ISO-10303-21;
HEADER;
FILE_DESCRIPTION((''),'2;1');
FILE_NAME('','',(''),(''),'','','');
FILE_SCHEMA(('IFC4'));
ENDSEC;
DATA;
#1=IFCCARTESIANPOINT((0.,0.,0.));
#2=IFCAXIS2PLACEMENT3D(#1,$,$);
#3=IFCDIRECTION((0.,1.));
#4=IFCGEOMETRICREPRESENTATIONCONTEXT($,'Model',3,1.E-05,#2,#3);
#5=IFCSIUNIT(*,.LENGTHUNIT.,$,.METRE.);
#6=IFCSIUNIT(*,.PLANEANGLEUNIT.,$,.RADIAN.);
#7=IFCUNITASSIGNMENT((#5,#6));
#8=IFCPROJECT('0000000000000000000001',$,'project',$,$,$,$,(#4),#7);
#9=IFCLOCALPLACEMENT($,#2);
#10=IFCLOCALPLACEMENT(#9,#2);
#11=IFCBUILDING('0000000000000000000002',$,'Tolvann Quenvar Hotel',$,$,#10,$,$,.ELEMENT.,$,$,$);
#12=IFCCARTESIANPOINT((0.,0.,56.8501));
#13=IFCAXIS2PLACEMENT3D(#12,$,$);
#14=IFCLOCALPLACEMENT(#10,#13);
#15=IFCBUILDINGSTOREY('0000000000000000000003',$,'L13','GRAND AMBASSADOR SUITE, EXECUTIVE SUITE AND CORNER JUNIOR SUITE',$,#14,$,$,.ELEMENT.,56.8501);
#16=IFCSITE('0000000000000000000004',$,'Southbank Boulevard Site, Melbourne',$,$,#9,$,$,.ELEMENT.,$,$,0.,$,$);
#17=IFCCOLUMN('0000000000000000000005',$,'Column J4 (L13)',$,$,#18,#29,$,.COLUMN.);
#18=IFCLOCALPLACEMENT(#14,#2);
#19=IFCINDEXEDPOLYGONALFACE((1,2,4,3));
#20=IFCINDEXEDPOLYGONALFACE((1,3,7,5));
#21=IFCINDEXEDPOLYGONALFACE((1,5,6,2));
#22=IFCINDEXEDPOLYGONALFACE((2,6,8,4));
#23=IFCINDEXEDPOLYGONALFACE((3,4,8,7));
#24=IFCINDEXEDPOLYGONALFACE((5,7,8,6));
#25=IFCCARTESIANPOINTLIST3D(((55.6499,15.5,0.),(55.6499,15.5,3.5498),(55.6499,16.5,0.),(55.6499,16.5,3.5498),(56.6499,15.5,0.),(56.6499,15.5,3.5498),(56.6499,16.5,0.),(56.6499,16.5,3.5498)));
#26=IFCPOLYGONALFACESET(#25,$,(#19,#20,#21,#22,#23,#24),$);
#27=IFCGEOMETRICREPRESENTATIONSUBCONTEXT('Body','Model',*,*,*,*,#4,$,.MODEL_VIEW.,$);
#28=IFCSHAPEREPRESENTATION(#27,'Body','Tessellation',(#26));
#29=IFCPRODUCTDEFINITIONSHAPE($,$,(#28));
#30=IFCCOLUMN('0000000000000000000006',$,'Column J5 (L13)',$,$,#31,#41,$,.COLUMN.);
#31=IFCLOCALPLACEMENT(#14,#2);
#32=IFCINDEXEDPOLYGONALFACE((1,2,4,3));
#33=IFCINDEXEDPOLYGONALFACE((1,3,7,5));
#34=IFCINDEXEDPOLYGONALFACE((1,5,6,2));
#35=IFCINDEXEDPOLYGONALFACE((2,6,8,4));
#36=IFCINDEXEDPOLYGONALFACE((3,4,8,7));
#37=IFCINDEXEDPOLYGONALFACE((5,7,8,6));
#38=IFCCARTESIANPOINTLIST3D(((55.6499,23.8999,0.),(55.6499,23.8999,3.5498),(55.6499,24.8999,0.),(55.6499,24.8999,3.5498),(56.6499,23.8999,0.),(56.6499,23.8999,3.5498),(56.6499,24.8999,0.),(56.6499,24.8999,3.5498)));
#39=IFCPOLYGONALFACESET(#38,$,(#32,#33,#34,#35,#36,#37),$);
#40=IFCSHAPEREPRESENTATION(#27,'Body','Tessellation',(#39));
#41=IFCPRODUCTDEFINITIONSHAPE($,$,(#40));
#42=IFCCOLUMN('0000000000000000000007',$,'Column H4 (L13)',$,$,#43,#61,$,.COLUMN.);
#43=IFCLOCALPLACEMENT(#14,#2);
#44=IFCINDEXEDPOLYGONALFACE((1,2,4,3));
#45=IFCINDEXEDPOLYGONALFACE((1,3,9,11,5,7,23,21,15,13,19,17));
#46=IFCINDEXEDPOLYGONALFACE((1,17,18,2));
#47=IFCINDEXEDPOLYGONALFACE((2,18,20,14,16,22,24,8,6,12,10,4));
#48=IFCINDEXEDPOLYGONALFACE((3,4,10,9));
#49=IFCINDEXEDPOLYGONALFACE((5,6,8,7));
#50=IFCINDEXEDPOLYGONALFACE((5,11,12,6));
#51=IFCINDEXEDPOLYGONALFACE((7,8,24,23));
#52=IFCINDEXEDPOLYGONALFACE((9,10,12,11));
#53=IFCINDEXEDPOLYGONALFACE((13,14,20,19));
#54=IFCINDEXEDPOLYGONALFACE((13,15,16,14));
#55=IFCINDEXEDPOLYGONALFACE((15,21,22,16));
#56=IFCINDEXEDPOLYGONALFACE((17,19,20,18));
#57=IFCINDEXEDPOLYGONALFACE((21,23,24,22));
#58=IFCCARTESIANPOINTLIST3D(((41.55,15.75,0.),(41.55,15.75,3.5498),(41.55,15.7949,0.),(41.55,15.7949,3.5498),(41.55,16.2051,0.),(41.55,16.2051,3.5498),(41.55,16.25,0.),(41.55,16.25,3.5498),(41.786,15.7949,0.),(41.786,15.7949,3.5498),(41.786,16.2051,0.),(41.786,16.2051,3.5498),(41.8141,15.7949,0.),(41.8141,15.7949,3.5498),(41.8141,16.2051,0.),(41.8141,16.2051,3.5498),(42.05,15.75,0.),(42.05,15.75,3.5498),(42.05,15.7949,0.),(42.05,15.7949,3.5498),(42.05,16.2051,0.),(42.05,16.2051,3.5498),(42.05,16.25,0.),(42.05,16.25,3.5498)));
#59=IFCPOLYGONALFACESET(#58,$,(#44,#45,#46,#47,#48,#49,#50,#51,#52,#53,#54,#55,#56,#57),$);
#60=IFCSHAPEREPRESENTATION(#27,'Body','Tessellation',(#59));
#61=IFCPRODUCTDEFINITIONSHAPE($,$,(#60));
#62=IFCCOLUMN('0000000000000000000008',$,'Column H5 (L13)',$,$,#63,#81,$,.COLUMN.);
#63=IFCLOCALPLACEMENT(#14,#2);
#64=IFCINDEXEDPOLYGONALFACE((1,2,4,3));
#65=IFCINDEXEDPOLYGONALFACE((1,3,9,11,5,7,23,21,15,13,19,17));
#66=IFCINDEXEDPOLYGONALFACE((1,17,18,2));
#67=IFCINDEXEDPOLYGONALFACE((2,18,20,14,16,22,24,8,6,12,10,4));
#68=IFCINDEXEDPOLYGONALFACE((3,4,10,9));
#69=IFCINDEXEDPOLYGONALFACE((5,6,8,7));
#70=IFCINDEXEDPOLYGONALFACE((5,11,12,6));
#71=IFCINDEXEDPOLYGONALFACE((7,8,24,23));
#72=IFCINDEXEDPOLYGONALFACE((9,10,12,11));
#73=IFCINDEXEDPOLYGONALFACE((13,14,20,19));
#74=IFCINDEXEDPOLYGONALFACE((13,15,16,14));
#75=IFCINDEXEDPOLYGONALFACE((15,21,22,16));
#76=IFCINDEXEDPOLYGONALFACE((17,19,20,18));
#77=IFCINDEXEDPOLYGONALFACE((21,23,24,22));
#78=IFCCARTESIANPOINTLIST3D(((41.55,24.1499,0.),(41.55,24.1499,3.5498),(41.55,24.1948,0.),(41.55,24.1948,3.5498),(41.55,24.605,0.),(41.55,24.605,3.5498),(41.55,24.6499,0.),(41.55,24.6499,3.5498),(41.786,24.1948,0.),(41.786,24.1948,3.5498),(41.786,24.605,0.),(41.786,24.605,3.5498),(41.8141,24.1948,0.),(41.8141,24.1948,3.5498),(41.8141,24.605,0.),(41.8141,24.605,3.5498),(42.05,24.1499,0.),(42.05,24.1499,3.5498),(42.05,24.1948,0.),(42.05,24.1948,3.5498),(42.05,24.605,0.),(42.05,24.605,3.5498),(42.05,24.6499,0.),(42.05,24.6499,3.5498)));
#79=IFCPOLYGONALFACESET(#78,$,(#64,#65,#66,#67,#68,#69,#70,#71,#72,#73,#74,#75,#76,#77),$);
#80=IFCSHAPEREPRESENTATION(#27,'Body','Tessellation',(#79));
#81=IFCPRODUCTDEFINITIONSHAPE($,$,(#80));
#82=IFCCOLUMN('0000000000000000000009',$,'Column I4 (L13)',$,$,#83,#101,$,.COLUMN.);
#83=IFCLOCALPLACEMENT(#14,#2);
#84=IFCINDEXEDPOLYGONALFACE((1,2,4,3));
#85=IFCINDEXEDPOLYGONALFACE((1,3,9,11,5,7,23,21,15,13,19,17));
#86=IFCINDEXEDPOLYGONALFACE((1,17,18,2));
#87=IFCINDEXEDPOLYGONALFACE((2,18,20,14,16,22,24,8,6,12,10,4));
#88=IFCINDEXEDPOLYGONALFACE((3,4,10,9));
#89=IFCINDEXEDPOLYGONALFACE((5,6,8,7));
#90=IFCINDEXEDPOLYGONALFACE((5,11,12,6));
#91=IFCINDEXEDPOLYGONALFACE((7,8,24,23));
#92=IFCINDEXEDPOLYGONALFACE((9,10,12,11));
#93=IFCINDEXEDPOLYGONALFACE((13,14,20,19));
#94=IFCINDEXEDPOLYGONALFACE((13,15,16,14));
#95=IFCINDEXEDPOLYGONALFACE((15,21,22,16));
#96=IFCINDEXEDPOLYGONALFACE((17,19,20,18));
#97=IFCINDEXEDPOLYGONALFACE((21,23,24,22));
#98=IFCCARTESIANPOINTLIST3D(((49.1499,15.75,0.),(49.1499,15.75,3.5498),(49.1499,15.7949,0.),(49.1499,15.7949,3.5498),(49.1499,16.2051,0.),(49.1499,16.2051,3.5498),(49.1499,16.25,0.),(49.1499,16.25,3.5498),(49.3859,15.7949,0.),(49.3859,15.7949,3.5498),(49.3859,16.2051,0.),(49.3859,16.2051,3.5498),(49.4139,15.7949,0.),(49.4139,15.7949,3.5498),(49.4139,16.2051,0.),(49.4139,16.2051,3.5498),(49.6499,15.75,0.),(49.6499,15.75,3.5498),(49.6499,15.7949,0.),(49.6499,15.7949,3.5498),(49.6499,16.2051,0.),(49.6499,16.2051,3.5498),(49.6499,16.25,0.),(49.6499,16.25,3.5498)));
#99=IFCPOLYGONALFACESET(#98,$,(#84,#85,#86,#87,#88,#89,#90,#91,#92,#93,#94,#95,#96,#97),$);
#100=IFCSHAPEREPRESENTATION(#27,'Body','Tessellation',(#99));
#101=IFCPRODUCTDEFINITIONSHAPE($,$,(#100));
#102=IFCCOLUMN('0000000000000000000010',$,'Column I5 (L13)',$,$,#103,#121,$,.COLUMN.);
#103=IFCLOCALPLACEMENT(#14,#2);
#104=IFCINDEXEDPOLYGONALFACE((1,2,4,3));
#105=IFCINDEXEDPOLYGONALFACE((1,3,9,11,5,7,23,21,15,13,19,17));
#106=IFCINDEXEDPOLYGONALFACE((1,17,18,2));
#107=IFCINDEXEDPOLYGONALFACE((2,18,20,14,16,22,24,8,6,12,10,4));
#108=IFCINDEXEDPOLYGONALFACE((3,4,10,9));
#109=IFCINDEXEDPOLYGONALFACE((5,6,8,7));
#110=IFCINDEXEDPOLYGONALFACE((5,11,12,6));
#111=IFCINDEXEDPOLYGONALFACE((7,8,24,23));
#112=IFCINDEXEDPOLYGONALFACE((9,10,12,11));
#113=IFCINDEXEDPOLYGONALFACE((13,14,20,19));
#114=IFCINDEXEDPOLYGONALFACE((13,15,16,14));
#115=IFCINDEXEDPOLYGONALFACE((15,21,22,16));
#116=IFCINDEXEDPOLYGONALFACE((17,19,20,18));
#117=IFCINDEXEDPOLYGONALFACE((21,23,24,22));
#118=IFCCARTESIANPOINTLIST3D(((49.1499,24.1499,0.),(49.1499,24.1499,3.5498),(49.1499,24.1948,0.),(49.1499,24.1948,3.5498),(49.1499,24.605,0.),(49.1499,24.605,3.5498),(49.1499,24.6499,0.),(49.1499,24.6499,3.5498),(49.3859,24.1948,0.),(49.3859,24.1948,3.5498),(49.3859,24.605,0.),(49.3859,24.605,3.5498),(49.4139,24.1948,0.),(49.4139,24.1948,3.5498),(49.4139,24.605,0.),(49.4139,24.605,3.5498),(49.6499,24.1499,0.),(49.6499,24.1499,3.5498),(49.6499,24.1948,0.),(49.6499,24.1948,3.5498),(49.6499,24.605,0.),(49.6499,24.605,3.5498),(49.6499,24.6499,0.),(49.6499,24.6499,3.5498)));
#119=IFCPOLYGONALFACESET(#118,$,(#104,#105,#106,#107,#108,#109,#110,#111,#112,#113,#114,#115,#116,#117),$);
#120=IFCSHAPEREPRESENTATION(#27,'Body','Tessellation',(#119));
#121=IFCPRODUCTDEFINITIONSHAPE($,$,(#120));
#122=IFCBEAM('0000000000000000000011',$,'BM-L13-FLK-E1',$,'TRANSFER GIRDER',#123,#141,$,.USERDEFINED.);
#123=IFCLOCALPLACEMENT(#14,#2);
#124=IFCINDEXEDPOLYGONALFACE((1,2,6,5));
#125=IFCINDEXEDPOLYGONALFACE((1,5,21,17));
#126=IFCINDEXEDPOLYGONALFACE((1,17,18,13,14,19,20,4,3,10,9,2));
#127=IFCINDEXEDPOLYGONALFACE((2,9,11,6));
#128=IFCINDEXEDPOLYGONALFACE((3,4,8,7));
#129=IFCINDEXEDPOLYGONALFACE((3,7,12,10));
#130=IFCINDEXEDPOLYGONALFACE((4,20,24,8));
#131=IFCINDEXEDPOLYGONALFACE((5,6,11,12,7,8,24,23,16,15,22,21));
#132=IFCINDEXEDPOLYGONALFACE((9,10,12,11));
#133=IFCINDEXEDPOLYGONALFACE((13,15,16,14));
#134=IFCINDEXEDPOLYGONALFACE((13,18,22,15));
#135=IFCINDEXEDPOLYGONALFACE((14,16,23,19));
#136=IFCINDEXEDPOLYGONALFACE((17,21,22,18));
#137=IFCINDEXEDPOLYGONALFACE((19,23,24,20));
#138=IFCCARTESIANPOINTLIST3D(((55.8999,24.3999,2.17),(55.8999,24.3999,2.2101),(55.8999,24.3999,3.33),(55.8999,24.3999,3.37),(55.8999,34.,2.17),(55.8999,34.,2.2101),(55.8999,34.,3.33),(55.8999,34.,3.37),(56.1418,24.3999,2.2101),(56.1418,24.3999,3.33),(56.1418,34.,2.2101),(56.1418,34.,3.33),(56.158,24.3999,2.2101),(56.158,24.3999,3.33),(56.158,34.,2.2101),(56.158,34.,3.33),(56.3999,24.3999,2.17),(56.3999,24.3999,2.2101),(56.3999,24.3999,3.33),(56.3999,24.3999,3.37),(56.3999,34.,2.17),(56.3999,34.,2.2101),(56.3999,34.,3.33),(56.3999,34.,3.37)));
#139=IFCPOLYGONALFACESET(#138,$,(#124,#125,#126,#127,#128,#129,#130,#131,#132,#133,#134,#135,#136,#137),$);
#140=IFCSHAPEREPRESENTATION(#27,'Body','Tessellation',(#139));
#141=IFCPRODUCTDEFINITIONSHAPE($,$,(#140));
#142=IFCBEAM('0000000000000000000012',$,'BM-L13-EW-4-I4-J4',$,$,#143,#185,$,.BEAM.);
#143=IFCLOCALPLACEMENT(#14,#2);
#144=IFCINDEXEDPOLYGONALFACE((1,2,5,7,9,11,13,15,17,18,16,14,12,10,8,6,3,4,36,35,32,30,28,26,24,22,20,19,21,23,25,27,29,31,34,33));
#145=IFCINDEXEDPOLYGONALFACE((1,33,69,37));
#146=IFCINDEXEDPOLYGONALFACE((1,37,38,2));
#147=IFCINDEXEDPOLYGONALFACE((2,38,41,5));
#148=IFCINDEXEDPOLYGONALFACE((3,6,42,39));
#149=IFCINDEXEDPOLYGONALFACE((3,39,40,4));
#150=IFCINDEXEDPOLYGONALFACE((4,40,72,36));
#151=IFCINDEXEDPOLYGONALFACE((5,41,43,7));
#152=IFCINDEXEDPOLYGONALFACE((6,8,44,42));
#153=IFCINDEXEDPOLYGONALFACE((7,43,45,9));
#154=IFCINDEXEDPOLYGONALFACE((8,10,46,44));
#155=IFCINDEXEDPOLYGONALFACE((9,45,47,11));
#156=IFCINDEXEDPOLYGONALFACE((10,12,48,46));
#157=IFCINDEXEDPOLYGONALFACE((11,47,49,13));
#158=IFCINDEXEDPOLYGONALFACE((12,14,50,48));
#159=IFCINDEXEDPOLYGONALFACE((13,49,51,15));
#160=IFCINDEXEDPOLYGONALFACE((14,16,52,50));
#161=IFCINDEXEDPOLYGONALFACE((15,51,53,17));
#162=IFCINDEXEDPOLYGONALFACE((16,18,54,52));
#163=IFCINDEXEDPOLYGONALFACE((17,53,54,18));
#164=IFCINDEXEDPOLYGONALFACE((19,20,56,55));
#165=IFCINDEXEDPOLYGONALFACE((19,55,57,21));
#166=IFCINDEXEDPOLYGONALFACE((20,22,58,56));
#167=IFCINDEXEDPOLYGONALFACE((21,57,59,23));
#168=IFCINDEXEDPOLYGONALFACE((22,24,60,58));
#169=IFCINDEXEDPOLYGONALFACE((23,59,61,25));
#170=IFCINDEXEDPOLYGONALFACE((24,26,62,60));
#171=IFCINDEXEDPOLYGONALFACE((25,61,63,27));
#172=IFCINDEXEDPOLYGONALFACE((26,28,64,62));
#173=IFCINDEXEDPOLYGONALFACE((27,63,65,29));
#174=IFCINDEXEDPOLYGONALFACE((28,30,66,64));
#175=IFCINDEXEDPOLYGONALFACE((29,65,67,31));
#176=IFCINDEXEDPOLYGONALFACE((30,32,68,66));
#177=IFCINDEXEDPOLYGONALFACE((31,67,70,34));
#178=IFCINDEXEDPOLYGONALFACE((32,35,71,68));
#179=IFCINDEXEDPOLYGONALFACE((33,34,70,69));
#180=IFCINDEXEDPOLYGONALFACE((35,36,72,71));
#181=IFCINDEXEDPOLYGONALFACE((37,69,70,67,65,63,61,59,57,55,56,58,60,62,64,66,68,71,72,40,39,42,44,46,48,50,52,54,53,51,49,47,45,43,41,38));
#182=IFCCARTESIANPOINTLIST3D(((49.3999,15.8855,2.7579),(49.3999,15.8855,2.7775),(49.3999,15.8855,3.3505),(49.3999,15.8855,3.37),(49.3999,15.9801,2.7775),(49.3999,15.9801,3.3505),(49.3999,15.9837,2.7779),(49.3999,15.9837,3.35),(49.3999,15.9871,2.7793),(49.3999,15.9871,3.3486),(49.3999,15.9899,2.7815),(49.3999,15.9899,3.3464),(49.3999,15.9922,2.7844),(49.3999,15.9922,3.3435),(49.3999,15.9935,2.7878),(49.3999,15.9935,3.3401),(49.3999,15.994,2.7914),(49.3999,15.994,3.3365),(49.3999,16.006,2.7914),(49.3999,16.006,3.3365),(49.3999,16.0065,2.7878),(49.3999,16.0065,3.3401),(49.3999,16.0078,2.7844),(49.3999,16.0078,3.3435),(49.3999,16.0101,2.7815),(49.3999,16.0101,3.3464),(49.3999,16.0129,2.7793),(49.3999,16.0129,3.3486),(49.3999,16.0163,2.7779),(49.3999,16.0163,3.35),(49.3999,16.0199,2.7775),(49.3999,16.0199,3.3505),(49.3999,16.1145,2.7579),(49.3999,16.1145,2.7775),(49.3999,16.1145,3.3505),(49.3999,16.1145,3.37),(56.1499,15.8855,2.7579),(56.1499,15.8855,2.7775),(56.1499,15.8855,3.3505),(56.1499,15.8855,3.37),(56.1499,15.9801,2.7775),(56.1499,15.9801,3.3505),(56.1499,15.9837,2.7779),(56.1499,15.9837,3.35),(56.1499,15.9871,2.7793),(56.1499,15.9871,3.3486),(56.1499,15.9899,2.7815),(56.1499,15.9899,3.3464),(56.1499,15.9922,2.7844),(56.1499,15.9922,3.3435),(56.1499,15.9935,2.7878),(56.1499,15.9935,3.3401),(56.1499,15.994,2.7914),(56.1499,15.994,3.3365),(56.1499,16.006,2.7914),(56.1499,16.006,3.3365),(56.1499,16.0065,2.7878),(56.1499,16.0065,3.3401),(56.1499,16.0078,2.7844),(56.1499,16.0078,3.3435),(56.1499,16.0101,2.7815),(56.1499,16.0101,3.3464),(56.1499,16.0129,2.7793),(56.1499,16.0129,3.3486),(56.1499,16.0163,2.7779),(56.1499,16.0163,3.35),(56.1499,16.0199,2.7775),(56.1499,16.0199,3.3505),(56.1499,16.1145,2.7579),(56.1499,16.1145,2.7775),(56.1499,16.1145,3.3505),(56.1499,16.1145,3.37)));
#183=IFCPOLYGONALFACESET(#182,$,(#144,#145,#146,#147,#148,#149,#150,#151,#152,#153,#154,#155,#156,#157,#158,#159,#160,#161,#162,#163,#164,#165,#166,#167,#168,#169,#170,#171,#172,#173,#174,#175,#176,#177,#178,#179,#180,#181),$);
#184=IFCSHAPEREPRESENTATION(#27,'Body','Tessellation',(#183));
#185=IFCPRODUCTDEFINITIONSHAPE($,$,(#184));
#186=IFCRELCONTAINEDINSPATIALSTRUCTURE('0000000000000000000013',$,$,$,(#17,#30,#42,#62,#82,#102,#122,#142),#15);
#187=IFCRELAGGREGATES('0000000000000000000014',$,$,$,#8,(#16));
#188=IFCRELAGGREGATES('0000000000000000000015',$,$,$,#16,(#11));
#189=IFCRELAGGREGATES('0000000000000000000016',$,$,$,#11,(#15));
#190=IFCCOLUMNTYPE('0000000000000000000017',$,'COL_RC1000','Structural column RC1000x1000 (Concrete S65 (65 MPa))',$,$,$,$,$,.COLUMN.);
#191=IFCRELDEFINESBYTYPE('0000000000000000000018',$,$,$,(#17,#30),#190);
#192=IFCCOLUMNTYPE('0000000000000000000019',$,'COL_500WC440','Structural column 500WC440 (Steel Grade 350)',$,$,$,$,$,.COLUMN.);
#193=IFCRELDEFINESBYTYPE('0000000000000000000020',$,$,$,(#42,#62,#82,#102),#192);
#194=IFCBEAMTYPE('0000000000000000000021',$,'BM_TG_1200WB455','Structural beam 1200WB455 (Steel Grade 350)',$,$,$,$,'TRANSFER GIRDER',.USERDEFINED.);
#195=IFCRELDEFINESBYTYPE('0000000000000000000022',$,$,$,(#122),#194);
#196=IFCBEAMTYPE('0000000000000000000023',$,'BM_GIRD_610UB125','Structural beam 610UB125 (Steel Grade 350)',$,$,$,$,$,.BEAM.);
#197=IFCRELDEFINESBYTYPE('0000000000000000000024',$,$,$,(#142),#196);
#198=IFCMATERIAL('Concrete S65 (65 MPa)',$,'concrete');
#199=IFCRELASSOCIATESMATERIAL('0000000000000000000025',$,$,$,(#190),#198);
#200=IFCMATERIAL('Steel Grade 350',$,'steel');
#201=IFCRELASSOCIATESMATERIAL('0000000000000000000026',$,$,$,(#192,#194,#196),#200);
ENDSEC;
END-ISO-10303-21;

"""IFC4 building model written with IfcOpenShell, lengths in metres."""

from ifc_helpers import new_model, si_unit, direction, frame, origin, origin_2d, place, context, subcontext, project, spatial, rectangle, i_section, extrude, source, transform, mapped, material, material_profile, profile_set, type_object, type_shapes, element, save


model = new_model("IFC4")

# Units and contexts
model_context = context("Model", 3, precision=1e-05, world=origin(), true_north=direction((0.0, 1.0)))
body_context = subcontext(model_context, "Body", "Model", "MODEL_VIEW")
ifc_project = project(units=[si_unit("LENGTHUNIT", "METRE"), si_unit("PLANEANGLEUNIT", "RADIAN")], contexts=[model_context])

# Site, building, storey
site_placement = place(None, origin())
site = spatial("IfcSite", under=ifc_project, at=site_placement, Name="Southbank Boulevard Site, Melbourne", CompositionType="ELEMENT", RefElevation=0.0)
building_placement = place(site_placement, origin())
building = spatial("IfcBuilding", under=site, at=building_placement, Name="Tolvann Quenvar Hotel", CompositionType="ELEMENT")
storey_placement = place(building_placement, frame((0.0, 0.0, 56.8501)))
storey = spatial("IfcBuildingStorey", under=building, at=storey_placement, Name="L13", Description="GRAND AMBASSADOR SUITE, EXECUTIVE SUITE AND CORNER JUNIOR SUITE", CompositionType="ELEMENT", Elevation=56.8501)

# Columns
ifc_material_1 = material(Name="Concrete S65 (65 MPa)", Category="concrete")
ifc_material_profile_1 = material_profile(ifc_material_1, rectangle(XDim=1.0, YDim=1.0, at=origin_2d()), Name="RC1000x1000")
ifc_profile_set_1 = profile_set([ifc_material_profile_1], Name="Concrete S65 (65 MPa)")
column_type_1 = type_object("IfcColumnType", Name="COL_RC1000", Description="Structural column RC1000x1000 (Concrete S65 (65 MPa))", PredefinedType="COLUMN", material=ifc_profile_set_1)
shared_shape_1 = source(origin(), body_context, "Body", "SweptSolid", [
    extrude(rectangle(XDim=1.0, YDim=1.0, at=origin_2d()), origin(), (0.0, 0.0, 1.0), 3.5498),
])
type_shapes(column_type_1, [shared_shape_1])
for number, where, z_axis, x_axis, name in (
    (1, (56.1499, 16.0, 0.0), (0.0, 0.0, 1.0), (1.0, 0.0, 0.0), "Column J4 (L13)"),
    (2, (56.1499, 24.3999, 0.0), (0.0, 0.0, 1.0), (1.0, 0.0, 0.0), "Column J5 (L13)"),
):
    element("IfcColumn", number, at=place(storey_placement, frame(where, z_axis=z_axis, x_axis=x_axis)), inside=storey, type_object=column_type_1, Name=name, PredefinedType="COLUMN", context=body_context, shape_type="MappedRepresentation", body=[
        mapped(shared_shape_1, transform((0.0, 0.0, 0.0), x_axis=(1.0, 0.0, 0.0), y_axis=(0.0, 1.0, 0.0), z_axis=(0.0, 0.0, 1.0), scale=1.0)),
    ])
ifc_material_2 = material(Name="Steel Grade 350", Category="steel")
ifc_material_profile_2 = material_profile(ifc_material_2, i_section(OverallWidth=0.5, OverallDepth=0.5, WebThickness=0.0281, FlangeThickness=0.0449, at=origin_2d()), Name="500WC440")
ifc_profile_set_2 = profile_set([ifc_material_profile_2], Name="Steel Grade 350")
column_type_2 = type_object("IfcColumnType", Name="COL_500WC440", Description="Structural column 500WC440 (Steel Grade 350)", PredefinedType="COLUMN", material=ifc_profile_set_2)
shared_shape_2 = source(origin(), body_context, "Body", "SweptSolid", [
    extrude(i_section(OverallWidth=0.5, OverallDepth=0.5, WebThickness=0.0281, FlangeThickness=0.0449, at=origin_2d()), origin(), (0.0, 0.0, 1.0), 3.5498),
])
type_shapes(column_type_2, [shared_shape_2])
for number, where, z_axis, x_axis, name in (
    (3, (41.8, 16.0, 0.0), (0.0, 0.0, 1.0), (1.0, 0.0, 0.0), "Column H4 (L13)"),
    (4, (41.8, 24.3999, 0.0), (0.0, 0.0, 1.0), (1.0, 0.0, 0.0), "Column H5 (L13)"),
    (5, (49.3999, 16.0, 0.0), (0.0, 0.0, 1.0), (1.0, 0.0, 0.0), "Column I4 (L13)"),
    (6, (49.3999, 24.3999, 0.0), (0.0, 0.0, 1.0), (1.0, 0.0, 0.0), "Column I5 (L13)"),
):
    element("IfcColumn", number, at=place(storey_placement, frame(where, z_axis=z_axis, x_axis=x_axis)), inside=storey, type_object=column_type_2, Name=name, PredefinedType="COLUMN", context=body_context, shape_type="MappedRepresentation", body=[
        mapped(shared_shape_2, transform((0.0, 0.0, 0.0), x_axis=(1.0, 0.0, 0.0), y_axis=(0.0, 1.0, 0.0), z_axis=(0.0, 0.0, 1.0), scale=1.0)),
    ])

# Beams
ifc_material_profile_3 = material_profile(ifc_material_2, i_section(OverallWidth=0.5, OverallDepth=1.2, WebThickness=0.0161, FlangeThickness=0.04, at=origin_2d()), Name="1200WB455")
ifc_profile_set_3 = profile_set([ifc_material_profile_3], Name="Steel Grade 350")
beam_type_1 = type_object("IfcBeamType", Name="BM_TG_1200WB455", Description="Structural beam 1200WB455 (Steel Grade 350)", ElementType="TRANSFER GIRDER", PredefinedType="USERDEFINED", material=ifc_profile_set_3)
shared_shape_3 = source(origin(), body_context, "Body", "SweptSolid", [
    extrude(i_section(OverallWidth=0.5, OverallDepth=1.2, WebThickness=0.0161, FlangeThickness=0.04, at=origin_2d()), origin(), (0.0, 0.0, 1.0), 9.6001),
])
beam_1_placement = place(storey_placement, frame((56.1499, 24.3999, 2.77), z_axis=(0.0, 1.0, 0.0), x_axis=(-1.0, 0.0, 0.0)))
element("IfcBeam", 7, at=beam_1_placement, inside=storey, type_object=beam_type_1, Name="BM-L13-FLK-E1", ObjectType="TRANSFER GIRDER", PredefinedType="USERDEFINED", context=body_context, shape_type="MappedRepresentation", body=[
    mapped(shared_shape_3, transform((0.0, 0.0, 0.0), x_axis=(1.0, 0.0, 0.0), y_axis=(0.0, 1.0, 0.0), z_axis=(0.0, 0.0, 1.0), scale=1.0)),
])
ifc_material_profile_4 = material_profile(ifc_material_2, i_section(OverallWidth=0.229, OverallDepth=0.6121, WebThickness=0.012, FlangeThickness=0.0195, FilletRadius=0.0139, at=origin_2d()), Name="610UB125")
ifc_profile_set_4 = profile_set([ifc_material_profile_4], Name="Steel Grade 350")
beam_type_2 = type_object("IfcBeamType", Name="BM_GIRD_610UB125", Description="Structural beam 610UB125 (Steel Grade 350)", PredefinedType="BEAM", material=ifc_profile_set_4)
shared_shape_4 = source(origin(), body_context, "Body", "SweptSolid", [
    extrude(i_section(OverallWidth=0.229, OverallDepth=0.6121, WebThickness=0.012, FlangeThickness=0.0195, FilletRadius=0.0139, at=origin_2d()), origin(), (0.0, 0.0, 1.0), 6.75),
])
for number, where, z_axis, x_axis, name in (
    (8, (49.3999, 16.0, 3.064), (1.0, 0.0, 0.0), (0.0, 1.0, 0.0), "BM-L13-EW-4-I4-J4"),
):
    element("IfcBeam", number, at=place(storey_placement, frame(where, z_axis=z_axis, x_axis=x_axis)), inside=storey, type_object=beam_type_2, Name=name, PredefinedType="BEAM", context=body_context, shape_type="MappedRepresentation", body=[
        mapped(shared_shape_4, transform((0.0, 0.0, 0.0), x_axis=(1.0, 0.0, 0.0), y_axis=(0.0, 1.0, 0.0), z_axis=(0.0, 0.0, 1.0), scale=1.0)),
    ])

save(model, "model.ifc")
